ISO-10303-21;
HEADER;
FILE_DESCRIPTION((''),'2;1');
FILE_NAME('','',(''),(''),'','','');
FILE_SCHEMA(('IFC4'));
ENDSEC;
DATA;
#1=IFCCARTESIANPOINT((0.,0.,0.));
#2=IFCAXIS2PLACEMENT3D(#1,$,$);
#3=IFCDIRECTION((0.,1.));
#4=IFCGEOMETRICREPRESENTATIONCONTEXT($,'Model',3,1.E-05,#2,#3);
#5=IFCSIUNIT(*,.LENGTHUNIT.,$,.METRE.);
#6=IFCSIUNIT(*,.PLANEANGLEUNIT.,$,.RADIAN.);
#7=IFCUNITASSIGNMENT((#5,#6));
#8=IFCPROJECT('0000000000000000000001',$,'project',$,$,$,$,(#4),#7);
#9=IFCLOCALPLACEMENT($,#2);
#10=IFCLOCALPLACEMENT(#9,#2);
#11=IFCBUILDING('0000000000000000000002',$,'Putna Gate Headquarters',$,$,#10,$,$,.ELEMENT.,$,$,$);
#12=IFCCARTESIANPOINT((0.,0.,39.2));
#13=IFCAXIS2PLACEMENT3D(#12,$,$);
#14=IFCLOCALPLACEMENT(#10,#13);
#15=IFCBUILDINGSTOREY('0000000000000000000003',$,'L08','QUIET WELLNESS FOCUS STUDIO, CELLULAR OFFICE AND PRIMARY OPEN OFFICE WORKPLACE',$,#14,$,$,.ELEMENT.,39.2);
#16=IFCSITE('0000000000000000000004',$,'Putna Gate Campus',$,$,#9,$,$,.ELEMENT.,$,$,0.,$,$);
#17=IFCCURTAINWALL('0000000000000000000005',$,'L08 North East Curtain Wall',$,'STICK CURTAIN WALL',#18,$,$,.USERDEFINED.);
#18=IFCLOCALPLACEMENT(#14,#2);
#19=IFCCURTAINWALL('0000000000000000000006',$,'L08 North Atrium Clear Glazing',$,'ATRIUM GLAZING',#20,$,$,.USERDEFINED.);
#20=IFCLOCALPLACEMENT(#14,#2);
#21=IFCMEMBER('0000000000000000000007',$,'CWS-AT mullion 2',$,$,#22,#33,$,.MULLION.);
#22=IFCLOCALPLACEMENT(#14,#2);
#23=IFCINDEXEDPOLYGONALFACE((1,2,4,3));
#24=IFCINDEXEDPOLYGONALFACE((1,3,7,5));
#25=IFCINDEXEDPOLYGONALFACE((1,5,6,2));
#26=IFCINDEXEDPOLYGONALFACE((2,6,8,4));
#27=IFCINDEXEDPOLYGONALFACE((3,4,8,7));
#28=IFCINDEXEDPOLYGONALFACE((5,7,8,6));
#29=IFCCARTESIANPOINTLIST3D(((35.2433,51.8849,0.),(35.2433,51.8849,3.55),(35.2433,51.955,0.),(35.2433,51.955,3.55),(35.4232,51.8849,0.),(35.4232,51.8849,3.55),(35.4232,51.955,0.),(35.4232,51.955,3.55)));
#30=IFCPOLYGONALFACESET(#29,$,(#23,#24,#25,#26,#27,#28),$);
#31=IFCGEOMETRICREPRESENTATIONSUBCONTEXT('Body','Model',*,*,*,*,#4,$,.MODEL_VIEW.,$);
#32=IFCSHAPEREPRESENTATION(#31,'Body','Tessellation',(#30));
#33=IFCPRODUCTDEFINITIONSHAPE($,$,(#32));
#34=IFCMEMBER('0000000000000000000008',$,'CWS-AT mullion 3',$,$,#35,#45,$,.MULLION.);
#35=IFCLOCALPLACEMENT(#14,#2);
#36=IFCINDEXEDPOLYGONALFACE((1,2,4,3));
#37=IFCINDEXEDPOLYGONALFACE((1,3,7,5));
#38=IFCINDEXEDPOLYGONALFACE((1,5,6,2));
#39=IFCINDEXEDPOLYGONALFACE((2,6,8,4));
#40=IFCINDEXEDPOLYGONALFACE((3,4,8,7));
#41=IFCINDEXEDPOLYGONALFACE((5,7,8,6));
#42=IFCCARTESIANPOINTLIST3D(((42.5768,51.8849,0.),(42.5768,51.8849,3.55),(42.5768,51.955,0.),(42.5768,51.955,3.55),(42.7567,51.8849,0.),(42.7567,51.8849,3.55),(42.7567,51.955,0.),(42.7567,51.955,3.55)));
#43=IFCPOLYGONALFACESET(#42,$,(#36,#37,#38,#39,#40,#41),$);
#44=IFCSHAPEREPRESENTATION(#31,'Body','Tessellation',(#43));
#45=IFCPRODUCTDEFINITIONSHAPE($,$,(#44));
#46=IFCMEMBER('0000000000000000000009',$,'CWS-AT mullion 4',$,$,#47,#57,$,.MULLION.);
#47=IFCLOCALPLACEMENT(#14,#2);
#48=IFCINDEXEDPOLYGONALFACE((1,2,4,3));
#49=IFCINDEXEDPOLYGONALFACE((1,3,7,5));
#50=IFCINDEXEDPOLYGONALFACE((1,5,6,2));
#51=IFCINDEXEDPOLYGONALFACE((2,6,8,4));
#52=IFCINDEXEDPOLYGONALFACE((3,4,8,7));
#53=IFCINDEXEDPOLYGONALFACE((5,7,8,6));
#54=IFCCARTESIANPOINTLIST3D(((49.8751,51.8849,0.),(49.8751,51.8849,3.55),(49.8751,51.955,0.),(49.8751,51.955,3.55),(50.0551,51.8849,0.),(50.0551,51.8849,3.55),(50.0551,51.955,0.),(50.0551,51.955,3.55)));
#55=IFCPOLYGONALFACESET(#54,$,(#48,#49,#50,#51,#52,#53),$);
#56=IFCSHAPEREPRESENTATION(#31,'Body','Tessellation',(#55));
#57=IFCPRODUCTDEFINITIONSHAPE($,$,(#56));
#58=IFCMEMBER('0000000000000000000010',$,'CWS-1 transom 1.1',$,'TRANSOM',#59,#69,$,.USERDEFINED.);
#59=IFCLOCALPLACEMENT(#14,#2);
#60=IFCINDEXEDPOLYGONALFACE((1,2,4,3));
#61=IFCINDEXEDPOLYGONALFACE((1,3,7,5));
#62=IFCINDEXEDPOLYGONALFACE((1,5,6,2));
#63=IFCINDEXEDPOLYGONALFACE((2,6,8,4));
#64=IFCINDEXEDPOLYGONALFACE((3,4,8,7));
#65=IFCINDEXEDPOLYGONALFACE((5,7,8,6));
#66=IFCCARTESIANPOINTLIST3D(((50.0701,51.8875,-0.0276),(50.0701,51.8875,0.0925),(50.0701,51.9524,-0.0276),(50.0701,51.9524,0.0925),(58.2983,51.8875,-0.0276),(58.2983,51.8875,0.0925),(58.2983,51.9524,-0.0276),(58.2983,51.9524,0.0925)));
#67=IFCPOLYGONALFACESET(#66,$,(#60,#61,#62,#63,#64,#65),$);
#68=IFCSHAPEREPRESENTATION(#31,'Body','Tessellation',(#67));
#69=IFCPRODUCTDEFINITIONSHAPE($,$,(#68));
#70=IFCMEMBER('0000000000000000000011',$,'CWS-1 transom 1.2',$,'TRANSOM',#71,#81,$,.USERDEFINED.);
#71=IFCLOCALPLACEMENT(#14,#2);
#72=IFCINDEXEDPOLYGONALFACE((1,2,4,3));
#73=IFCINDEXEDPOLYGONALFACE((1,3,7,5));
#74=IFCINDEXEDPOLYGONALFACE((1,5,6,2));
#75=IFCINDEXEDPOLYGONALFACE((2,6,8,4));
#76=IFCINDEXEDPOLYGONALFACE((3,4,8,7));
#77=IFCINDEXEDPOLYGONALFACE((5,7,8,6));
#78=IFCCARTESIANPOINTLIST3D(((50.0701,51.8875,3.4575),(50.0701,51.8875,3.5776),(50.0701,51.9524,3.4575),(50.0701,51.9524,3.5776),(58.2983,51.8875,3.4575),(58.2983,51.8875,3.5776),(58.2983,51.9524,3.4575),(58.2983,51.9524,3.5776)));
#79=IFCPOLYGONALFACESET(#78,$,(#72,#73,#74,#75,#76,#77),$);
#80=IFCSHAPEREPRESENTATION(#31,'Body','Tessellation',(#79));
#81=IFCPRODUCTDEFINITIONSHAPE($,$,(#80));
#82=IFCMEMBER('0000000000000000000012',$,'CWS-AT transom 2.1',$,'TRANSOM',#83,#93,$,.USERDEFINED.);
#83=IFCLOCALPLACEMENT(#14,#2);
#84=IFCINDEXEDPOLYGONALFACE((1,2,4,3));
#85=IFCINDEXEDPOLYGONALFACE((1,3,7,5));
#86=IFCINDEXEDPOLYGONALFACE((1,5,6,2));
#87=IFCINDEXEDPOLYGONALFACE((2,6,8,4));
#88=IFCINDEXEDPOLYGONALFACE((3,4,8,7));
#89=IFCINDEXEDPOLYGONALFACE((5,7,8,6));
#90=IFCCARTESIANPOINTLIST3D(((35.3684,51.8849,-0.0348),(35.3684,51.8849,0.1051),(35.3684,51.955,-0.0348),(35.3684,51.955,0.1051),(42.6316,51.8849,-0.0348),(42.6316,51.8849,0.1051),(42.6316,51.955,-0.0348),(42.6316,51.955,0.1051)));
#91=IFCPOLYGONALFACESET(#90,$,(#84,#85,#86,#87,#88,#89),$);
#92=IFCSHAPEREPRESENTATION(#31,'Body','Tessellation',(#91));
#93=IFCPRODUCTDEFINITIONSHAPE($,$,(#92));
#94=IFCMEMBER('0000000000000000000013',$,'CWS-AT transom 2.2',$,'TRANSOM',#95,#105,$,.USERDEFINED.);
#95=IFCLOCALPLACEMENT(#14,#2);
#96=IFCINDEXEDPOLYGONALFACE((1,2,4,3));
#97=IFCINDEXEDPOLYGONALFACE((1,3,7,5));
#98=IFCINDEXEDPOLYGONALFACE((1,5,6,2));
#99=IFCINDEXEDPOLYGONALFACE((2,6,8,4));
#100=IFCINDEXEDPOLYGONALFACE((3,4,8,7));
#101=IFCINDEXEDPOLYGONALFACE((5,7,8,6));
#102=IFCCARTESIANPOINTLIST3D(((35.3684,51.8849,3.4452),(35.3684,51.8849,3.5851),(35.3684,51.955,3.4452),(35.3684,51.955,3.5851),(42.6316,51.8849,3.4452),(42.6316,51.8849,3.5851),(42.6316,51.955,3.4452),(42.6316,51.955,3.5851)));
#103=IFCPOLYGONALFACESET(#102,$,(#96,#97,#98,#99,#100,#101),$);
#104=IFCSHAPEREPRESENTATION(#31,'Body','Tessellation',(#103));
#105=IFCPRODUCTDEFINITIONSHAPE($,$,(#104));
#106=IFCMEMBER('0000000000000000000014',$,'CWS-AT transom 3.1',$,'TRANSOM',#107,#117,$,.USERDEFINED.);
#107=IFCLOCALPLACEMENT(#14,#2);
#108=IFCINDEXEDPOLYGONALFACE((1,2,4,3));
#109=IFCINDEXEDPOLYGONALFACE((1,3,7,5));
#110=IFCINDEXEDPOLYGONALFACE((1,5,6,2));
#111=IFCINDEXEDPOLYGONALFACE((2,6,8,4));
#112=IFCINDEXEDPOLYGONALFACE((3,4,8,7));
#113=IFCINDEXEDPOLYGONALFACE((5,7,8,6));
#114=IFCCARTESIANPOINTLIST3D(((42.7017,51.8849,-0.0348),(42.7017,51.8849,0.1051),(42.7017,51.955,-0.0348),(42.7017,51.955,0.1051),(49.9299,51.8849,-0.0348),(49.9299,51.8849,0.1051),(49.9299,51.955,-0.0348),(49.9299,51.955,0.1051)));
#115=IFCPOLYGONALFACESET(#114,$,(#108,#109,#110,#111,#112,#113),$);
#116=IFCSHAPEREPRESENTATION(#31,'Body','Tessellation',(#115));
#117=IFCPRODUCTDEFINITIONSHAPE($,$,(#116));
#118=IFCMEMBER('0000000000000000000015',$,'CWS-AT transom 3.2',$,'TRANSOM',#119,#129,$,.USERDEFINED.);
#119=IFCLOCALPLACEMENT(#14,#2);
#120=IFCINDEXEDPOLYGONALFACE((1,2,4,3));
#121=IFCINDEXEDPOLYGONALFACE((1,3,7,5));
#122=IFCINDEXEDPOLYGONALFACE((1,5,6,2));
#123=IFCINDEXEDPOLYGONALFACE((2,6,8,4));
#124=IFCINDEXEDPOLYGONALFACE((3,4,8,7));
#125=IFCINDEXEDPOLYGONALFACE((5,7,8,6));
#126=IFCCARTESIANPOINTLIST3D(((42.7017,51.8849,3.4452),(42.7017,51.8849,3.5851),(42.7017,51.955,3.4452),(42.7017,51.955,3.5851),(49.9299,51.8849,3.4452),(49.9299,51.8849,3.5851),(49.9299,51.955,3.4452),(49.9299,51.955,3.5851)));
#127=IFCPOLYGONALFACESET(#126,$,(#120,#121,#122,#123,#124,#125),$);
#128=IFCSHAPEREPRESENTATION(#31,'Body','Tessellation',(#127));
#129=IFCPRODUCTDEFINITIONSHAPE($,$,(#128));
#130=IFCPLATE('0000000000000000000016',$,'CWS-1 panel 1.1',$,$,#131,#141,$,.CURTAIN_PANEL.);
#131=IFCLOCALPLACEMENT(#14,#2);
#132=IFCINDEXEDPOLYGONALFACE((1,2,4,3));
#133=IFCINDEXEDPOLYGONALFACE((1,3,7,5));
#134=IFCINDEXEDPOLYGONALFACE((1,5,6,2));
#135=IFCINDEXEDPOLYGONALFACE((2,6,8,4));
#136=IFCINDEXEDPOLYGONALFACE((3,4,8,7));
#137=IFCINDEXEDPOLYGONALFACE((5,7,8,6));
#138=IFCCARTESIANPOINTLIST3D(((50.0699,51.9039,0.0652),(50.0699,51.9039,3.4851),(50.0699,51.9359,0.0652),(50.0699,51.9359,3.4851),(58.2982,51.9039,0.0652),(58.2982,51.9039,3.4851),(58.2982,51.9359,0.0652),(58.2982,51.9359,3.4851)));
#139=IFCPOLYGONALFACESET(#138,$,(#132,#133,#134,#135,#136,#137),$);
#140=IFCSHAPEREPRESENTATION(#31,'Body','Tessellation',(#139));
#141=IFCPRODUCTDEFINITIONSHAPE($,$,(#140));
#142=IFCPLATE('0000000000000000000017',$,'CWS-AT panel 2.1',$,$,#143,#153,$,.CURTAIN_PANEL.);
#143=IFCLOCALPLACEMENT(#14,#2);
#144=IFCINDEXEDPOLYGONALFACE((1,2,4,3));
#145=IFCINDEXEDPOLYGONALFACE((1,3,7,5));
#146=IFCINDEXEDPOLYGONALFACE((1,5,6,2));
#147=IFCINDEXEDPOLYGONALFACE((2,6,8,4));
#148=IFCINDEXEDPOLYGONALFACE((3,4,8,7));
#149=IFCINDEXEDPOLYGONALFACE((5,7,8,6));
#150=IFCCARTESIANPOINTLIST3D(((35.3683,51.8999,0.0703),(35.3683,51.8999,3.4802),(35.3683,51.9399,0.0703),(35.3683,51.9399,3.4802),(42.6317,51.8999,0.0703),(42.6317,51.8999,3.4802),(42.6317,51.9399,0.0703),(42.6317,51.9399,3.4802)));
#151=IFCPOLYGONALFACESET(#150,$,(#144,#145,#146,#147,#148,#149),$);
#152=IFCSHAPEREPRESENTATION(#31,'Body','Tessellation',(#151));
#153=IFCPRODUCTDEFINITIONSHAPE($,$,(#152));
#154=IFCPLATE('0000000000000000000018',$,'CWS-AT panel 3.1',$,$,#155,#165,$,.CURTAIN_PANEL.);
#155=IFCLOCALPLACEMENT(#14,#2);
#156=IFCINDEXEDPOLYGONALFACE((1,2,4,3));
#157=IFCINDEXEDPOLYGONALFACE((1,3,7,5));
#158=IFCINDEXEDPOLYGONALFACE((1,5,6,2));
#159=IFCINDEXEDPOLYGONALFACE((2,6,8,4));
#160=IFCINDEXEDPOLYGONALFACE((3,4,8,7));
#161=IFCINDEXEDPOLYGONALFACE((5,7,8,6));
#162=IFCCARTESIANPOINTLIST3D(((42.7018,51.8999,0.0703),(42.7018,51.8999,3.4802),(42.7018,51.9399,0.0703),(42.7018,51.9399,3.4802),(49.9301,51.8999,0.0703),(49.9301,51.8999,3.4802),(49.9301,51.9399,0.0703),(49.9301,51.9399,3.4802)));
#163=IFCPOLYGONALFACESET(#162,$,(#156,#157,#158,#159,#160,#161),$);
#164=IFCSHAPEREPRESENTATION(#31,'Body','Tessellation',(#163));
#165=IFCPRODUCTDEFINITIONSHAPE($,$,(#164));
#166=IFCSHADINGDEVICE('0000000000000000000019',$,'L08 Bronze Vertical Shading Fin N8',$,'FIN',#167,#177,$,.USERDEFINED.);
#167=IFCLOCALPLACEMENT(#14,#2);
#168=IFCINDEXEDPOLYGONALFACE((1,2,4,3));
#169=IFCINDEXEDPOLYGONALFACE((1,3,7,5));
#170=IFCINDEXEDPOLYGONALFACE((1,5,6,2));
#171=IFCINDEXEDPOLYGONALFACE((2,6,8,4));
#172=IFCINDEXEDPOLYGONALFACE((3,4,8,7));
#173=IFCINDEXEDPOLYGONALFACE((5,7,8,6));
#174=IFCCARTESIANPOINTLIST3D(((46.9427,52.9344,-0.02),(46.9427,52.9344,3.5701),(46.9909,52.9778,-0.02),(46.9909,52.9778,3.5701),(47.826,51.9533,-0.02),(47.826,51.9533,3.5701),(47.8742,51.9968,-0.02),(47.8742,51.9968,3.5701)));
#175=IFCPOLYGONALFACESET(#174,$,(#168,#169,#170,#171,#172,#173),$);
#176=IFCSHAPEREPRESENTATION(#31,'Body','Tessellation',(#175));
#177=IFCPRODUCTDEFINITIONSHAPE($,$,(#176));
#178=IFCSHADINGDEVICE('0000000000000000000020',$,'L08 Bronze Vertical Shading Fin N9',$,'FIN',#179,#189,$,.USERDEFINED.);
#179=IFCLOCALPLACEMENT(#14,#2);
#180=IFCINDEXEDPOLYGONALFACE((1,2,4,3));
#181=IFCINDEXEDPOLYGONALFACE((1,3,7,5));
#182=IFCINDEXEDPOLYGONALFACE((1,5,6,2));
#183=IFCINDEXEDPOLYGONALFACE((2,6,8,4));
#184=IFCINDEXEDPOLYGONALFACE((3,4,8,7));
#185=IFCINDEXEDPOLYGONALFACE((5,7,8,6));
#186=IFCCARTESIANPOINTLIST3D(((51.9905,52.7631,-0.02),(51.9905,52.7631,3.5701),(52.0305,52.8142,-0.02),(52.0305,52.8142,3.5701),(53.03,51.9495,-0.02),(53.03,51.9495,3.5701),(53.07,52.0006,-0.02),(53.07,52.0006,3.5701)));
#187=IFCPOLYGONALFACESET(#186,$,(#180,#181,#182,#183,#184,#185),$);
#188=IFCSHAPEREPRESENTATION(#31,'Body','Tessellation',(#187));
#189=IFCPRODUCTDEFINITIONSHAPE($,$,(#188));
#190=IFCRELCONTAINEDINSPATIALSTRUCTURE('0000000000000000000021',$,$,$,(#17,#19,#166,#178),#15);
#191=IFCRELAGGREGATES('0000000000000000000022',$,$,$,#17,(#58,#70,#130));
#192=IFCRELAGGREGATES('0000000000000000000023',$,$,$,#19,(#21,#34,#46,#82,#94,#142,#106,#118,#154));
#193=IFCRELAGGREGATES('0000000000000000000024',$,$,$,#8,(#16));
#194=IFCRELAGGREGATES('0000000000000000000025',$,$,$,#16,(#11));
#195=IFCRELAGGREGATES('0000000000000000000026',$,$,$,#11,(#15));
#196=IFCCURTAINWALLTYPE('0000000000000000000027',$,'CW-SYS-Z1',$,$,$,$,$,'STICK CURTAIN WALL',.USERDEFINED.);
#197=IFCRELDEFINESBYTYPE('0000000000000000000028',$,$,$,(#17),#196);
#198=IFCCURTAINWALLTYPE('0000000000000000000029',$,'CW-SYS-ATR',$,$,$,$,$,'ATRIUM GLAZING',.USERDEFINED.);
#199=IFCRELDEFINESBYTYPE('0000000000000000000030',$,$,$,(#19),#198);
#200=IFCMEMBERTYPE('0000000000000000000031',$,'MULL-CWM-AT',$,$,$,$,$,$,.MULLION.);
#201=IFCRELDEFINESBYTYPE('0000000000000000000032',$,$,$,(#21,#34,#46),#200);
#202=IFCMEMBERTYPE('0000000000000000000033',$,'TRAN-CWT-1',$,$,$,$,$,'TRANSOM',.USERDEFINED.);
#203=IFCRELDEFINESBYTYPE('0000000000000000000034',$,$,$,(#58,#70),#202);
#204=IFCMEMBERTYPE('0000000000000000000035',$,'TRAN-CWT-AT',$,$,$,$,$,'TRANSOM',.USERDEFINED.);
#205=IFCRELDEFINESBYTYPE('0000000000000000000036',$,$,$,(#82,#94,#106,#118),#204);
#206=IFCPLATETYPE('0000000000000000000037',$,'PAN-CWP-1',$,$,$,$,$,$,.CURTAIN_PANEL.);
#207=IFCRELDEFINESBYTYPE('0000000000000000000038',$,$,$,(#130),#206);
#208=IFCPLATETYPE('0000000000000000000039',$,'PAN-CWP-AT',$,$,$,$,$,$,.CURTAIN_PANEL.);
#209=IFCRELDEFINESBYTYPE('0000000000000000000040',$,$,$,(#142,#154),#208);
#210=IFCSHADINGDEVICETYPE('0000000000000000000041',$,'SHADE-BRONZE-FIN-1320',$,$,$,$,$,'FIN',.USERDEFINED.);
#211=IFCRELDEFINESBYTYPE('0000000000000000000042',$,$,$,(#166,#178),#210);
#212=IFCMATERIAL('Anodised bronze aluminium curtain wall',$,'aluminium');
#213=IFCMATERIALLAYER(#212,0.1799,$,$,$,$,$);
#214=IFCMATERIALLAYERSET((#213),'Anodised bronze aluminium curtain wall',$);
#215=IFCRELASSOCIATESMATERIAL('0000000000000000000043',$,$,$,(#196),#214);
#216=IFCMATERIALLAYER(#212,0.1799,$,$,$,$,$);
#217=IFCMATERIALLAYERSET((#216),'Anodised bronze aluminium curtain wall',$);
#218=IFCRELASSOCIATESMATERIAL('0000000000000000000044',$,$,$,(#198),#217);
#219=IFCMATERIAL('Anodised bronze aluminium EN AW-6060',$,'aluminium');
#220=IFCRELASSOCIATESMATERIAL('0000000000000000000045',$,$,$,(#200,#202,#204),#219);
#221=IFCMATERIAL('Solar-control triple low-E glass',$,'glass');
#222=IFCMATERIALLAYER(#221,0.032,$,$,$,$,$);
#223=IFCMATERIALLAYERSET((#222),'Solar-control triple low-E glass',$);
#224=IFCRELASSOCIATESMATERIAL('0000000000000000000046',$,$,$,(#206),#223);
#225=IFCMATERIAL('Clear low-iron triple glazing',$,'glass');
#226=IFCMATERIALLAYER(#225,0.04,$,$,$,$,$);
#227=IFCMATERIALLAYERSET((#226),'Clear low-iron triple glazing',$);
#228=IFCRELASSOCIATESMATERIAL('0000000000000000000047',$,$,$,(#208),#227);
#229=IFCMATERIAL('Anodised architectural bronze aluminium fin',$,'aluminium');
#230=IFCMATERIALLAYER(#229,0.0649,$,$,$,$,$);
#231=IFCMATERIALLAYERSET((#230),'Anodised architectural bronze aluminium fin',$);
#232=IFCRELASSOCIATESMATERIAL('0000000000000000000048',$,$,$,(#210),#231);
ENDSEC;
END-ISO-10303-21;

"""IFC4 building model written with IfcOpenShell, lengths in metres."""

from ifc_helpers import new_model, si_unit, direction, frame, origin, origin_2d, place, context, subcontext, project, spatial, rectangle, extrude, material, layer, layer_set, material_profile, profile_set, type_object, element, aggregate, save


model = new_model("IFC4")

# Units and contexts
model_context = context("Model", 3, precision=1e-05, world=origin(), true_north=direction((0.0, 1.0)))
body_context = subcontext(model_context, "Body", "Model", "MODEL_VIEW")
ifc_project = project(units=[si_unit("LENGTHUNIT", "METRE"), si_unit("PLANEANGLEUNIT", "RADIAN")], contexts=[model_context])

# Site, building, storey
site_placement = place(None, origin())
site = spatial("IfcSite", under=ifc_project, at=site_placement, Name="Putna Gate Campus", CompositionType="ELEMENT", RefElevation=0.0)
building_placement = place(site_placement, origin())
building = spatial("IfcBuilding", under=site, at=building_placement, Name="Putna Gate Headquarters", CompositionType="ELEMENT")
storey_placement = place(building_placement, frame((0.0, 0.0, 39.2)))
storey = spatial("IfcBuildingStorey", under=building, at=storey_placement, Name="L08", Description="QUIET WELLNESS FOCUS STUDIO, CELLULAR OFFICE AND PRIMARY OPEN OFFICE WORKPLACE", CompositionType="ELEMENT", Elevation=39.2)

# Curtain wall
ifc_material_1 = material(Name="Anodised bronze aluminium curtain wall", Category="aluminium")
ifc_layer_1 = layer(ifc_material_1, 0.1799)
ifc_layer_set_1 = layer_set([ifc_layer_1], Name="Anodised bronze aluminium curtain wall")
curtain_wall_type_1 = type_object("IfcCurtainWallType", Name="CW-SYS-Z1", ElementType="STICK CURTAIN WALL", PredefinedType="USERDEFINED", material=ifc_layer_set_1)
curtain_wall_1_placement = place(storey_placement, origin())
curtain_wall_1 = element("IfcCurtainWall", 1, at=curtain_wall_1_placement, inside=storey, type_object=curtain_wall_type_1, Name="L08 North East Curtain Wall", ObjectType="STICK CURTAIN WALL", PredefinedType="USERDEFINED")
ifc_material_2 = material(Name="Anodised bronze aluminium EN AW-6060", Category="aluminium")

# Curtain wall, members
ifc_layer_2 = layer(ifc_material_1, 0.1799)
ifc_layer_set_2 = layer_set([ifc_layer_2], Name="Anodised bronze aluminium curtain wall")
curtain_wall_type_2 = type_object("IfcCurtainWallType", Name="CW-SYS-ATR", ElementType="ATRIUM GLAZING", PredefinedType="USERDEFINED", material=ifc_layer_set_2)
curtain_wall_2_placement = place(storey_placement, origin())
curtain_wall_2 = element("IfcCurtainWall", 2, at=curtain_wall_2_placement, inside=storey, type_object=curtain_wall_type_2, Name="L08 North Atrium Clear Glazing", ObjectType="ATRIUM GLAZING", PredefinedType="USERDEFINED")
ifc_material_profile_1 = material_profile(ifc_material_2, rectangle(XDim=0.0701, YDim=0.1799, at=origin_2d()), Name="Anodised bronze aluminium EN AW-6060")
ifc_profile_set_1 = profile_set([ifc_material_profile_1], Name="Anodised bronze aluminium EN AW-6060")
member_type_1 = type_object("IfcMemberType", Name="MULL-CWM-AT", PredefinedType="MULLION", material=ifc_profile_set_1)
member_1_placement = place(storey_placement, frame((35.3333, 51.9199, 0.0), z_axis=(0.0, 0.0, 1.0), x_axis=(0.0, 1.0, 0.0)))
member_1 = element("IfcMember", 3, at=member_1_placement, type_object=member_type_1, Name="CWS-AT mullion 2", PredefinedType="MULLION", context=body_context, shape_type="SweptSolid", body=[
    extrude(rectangle(XDim=0.0701, YDim=0.1799, at=origin_2d()), origin(), (0.0, 0.0, 1.0), 3.55),
])
member_2_placement = place(storey_placement, frame((42.6667, 51.9199, 0.0), z_axis=(0.0, 0.0, 1.0), x_axis=(0.0, 1.0, 0.0)))
member_2 = element("IfcMember", 4, at=member_2_placement, type_object=member_type_1, Name="CWS-AT mullion 3", PredefinedType="MULLION", context=body_context, shape_type="SweptSolid", body=[
    extrude(rectangle(XDim=0.0701, YDim=0.1799, at=origin_2d()), origin(), (0.0, 0.0, 1.0), 3.55),
])
member_3_placement = place(storey_placement, frame((49.9651, 51.9199, 0.0), z_axis=(0.0, 0.0, 1.0), x_axis=(0.0, 1.0, 0.0)))
member_3 = element("IfcMember", 5, at=member_3_placement, type_object=member_type_1, Name="CWS-AT mullion 4", PredefinedType="MULLION", context=body_context, shape_type="SweptSolid", body=[
    extrude(rectangle(XDim=0.0701, YDim=0.1799, at=origin_2d()), origin(), (0.0, 0.0, 1.0), 3.55),
])

# Members
ifc_material_profile_2 = material_profile(ifc_material_2, rectangle(XDim=0.0649, YDim=0.1201, at=origin_2d()), Name="Anodised bronze aluminium EN AW-6060")
ifc_profile_set_2 = profile_set([ifc_material_profile_2], Name="Anodised bronze aluminium EN AW-6060")
member_type_2 = type_object("IfcMemberType", Name="TRAN-CWT-1", ElementType="TRANSOM", PredefinedType="USERDEFINED", material=ifc_profile_set_2)
member_4_placement = place(storey_placement, frame((50.0701, 51.9199, 0.0325), z_axis=(1.0, 0.0, 0.0), x_axis=(0.0, 1.0, 0.0)))
member_4 = element("IfcMember", 6, at=member_4_placement, type_object=member_type_2, Name="CWS-1 transom 1.1", ObjectType="TRANSOM", PredefinedType="USERDEFINED", context=body_context, shape_type="SweptSolid", body=[
    extrude(rectangle(XDim=0.0649, YDim=0.1201, at=origin_2d()), origin(), (0.0, 0.0, 1.0), 8.2283),
])
member_5_placement = place(storey_placement, frame((50.0701, 51.9199, 3.5176), z_axis=(1.0, 0.0, 0.0), x_axis=(0.0, 1.0, 0.0)))
member_5 = element("IfcMember", 7, at=member_5_placement, type_object=member_type_2, Name="CWS-1 transom 1.2", ObjectType="TRANSOM", PredefinedType="USERDEFINED", context=body_context, shape_type="SweptSolid", body=[
    extrude(rectangle(XDim=0.0649, YDim=0.1201, at=origin_2d()), origin(), (0.0, 0.0, 1.0), 8.2283),
])
ifc_material_profile_3 = material_profile(ifc_material_2, rectangle(XDim=0.0701, YDim=0.1399, at=origin_2d()), Name="Anodised bronze aluminium EN AW-6060")
ifc_profile_set_3 = profile_set([ifc_material_profile_3], Name="Anodised bronze aluminium EN AW-6060")
member_type_3 = type_object("IfcMemberType", Name="TRAN-CWT-AT", ElementType="TRANSOM", PredefinedType="USERDEFINED", material=ifc_profile_set_3)
member_6_placement = place(storey_placement, frame((35.3684, 51.9199, 0.0352), z_axis=(1.0, 0.0, 0.0), x_axis=(0.0, 1.0, 0.0)))
member_6 = element("IfcMember", 8, at=member_6_placement, type_object=member_type_3, Name="CWS-AT transom 2.1", ObjectType="TRANSOM", PredefinedType="USERDEFINED", context=body_context, shape_type="SweptSolid", body=[
    extrude(rectangle(XDim=0.0701, YDim=0.1399, at=origin_2d()), origin(), (0.0, 0.0, 1.0), 7.2632),
])
member_7_placement = place(storey_placement, frame((35.3684, 51.9199, 3.5151), z_axis=(1.0, 0.0, 0.0), x_axis=(0.0, 1.0, 0.0)))
member_7 = element("IfcMember", 9, at=member_7_placement, type_object=member_type_3, Name="CWS-AT transom 2.2", ObjectType="TRANSOM", PredefinedType="USERDEFINED", context=body_context, shape_type="SweptSolid", body=[
    extrude(rectangle(XDim=0.0701, YDim=0.1399, at=origin_2d()), origin(), (0.0, 0.0, 1.0), 7.2632),
])
member_8_placement = place(storey_placement, frame((42.7017, 51.9199, 0.0352), z_axis=(1.0, 0.0, 0.0), x_axis=(0.0, 1.0, 0.0)))
member_8 = element("IfcMember", 10, at=member_8_placement, type_object=member_type_3, Name="CWS-AT transom 3.1", ObjectType="TRANSOM", PredefinedType="USERDEFINED", context=body_context, shape_type="SweptSolid", body=[
    extrude(rectangle(XDim=0.0701, YDim=0.1399, at=origin_2d()), origin(), (0.0, 0.0, 1.0), 7.2283),
])
member_9_placement = place(storey_placement, frame((42.7017, 51.9199, 3.5151), z_axis=(1.0, 0.0, 0.0), x_axis=(0.0, 1.0, 0.0)))
member_9 = element("IfcMember", 11, at=member_9_placement, type_object=member_type_3, Name="CWS-AT transom 3.2", ObjectType="TRANSOM", PredefinedType="USERDEFINED", context=body_context, shape_type="SweptSolid", body=[
    extrude(rectangle(XDim=0.0701, YDim=0.1399, at=origin_2d()), origin(), (0.0, 0.0, 1.0), 7.2283),
])

# Plates
ifc_material_3 = material(Name="Solar-control triple low-E glass", Category="glass")
ifc_layer_3 = layer(ifc_material_3, 0.032)
ifc_layer_set_3 = layer_set([ifc_layer_3], Name="Solar-control triple low-E glass")
plate_type_1 = type_object("IfcPlateType", Name="PAN-CWP-1", PredefinedType="CURTAIN_PANEL", material=ifc_layer_set_3)
plate_1_placement = place(storey_placement, frame((54.1841, 51.9199, 0.0652), z_axis=(0.0, 0.0, 1.0), x_axis=(1.0, 0.0, 0.0)))
plate_1 = element("IfcPlate", 12, at=plate_1_placement, type_object=plate_type_1, Name="CWS-1 panel 1.1", PredefinedType="CURTAIN_PANEL", context=body_context, shape_type="SweptSolid", body=[
    extrude(rectangle(XDim=8.2283, YDim=0.032, at=origin_2d()), origin(), (0.0, 0.0, 1.0), 3.4199),
])
aggregate(curtain_wall_1, [member_4, member_5, plate_1])
ifc_material_4 = material(Name="Clear low-iron triple glazing", Category="glass")
ifc_layer_4 = layer(ifc_material_4, 0.04)
ifc_layer_set_4 = layer_set([ifc_layer_4], Name="Clear low-iron triple glazing")
plate_type_2 = type_object("IfcPlateType", Name="PAN-CWP-AT", PredefinedType="CURTAIN_PANEL", material=ifc_layer_set_4)
plate_2_placement = place(storey_placement, frame((39.0, 51.9199, 0.0703), z_axis=(0.0, 0.0, 1.0), x_axis=(1.0, 0.0, 0.0)))
plate_2 = element("IfcPlate", 13, at=plate_2_placement, type_object=plate_type_2, Name="CWS-AT panel 2.1", PredefinedType="CURTAIN_PANEL", context=body_context, shape_type="SweptSolid", body=[
    extrude(rectangle(XDim=7.2634, YDim=0.04, at=origin_2d()), origin(), (0.0, 0.0, 1.0), 3.4099),
])
plate_3_placement = place(storey_placement, frame((46.3159, 51.9199, 0.0703), z_axis=(0.0, 0.0, 1.0), x_axis=(1.0, 0.0, 0.0)))
plate_3 = element("IfcPlate", 14, at=plate_3_placement, type_object=plate_type_2, Name="CWS-AT panel 3.1", PredefinedType="CURTAIN_PANEL", context=body_context, shape_type="SweptSolid", body=[
    extrude(rectangle(XDim=7.2283, YDim=0.04, at=origin_2d()), origin(), (0.0, 0.0, 1.0), 3.4099),
])
aggregate(curtain_wall_2, [member_1, member_2, member_3, member_6, member_7, plate_2, member_8, member_9, plate_3])

# Shading devices
ifc_material_5 = material(Name="Anodised architectural bronze aluminium fin", Category="aluminium")
ifc_layer_5 = layer(ifc_material_5, 0.0649)
ifc_layer_set_5 = layer_set([ifc_layer_5], Name="Anodised architectural bronze aluminium fin")
shading_device_type = type_object("IfcShadingDeviceType", Name="SHADE-BRONZE-FIN-1320", ElementType="FIN", PredefinedType="USERDEFINED", material=ifc_layer_set_5)
for number, where, z_axis, x_axis, name in (
    (15, (47.4084, 52.4656, -0.02), (0.0, 0.0, 1.0), (-0.669131, 0.743145, 0.0), "L08 Bronze Vertical Shading Fin N8"),
    (16, (52.5303, 52.3818, -0.02), (0.0, 0.0, 1.0), (-0.787473, 0.616349, 0.0), "L08 Bronze Vertical Shading Fin N9"),
):
    element("IfcShadingDevice", number, at=place(storey_placement, frame(where, z_axis=z_axis, x_axis=x_axis)), inside=storey, type_object=shading_device_type, Name=name, ObjectType="FIN", PredefinedType="USERDEFINED", context=body_context, shape_type="SweptSolid", body=[
        extrude(rectangle(XDim=1.3201, YDim=0.0649, at=origin_2d()), origin(), (0.0, 0.0, 1.0), 3.5901),
    ])

save(model, "model.ifc")
